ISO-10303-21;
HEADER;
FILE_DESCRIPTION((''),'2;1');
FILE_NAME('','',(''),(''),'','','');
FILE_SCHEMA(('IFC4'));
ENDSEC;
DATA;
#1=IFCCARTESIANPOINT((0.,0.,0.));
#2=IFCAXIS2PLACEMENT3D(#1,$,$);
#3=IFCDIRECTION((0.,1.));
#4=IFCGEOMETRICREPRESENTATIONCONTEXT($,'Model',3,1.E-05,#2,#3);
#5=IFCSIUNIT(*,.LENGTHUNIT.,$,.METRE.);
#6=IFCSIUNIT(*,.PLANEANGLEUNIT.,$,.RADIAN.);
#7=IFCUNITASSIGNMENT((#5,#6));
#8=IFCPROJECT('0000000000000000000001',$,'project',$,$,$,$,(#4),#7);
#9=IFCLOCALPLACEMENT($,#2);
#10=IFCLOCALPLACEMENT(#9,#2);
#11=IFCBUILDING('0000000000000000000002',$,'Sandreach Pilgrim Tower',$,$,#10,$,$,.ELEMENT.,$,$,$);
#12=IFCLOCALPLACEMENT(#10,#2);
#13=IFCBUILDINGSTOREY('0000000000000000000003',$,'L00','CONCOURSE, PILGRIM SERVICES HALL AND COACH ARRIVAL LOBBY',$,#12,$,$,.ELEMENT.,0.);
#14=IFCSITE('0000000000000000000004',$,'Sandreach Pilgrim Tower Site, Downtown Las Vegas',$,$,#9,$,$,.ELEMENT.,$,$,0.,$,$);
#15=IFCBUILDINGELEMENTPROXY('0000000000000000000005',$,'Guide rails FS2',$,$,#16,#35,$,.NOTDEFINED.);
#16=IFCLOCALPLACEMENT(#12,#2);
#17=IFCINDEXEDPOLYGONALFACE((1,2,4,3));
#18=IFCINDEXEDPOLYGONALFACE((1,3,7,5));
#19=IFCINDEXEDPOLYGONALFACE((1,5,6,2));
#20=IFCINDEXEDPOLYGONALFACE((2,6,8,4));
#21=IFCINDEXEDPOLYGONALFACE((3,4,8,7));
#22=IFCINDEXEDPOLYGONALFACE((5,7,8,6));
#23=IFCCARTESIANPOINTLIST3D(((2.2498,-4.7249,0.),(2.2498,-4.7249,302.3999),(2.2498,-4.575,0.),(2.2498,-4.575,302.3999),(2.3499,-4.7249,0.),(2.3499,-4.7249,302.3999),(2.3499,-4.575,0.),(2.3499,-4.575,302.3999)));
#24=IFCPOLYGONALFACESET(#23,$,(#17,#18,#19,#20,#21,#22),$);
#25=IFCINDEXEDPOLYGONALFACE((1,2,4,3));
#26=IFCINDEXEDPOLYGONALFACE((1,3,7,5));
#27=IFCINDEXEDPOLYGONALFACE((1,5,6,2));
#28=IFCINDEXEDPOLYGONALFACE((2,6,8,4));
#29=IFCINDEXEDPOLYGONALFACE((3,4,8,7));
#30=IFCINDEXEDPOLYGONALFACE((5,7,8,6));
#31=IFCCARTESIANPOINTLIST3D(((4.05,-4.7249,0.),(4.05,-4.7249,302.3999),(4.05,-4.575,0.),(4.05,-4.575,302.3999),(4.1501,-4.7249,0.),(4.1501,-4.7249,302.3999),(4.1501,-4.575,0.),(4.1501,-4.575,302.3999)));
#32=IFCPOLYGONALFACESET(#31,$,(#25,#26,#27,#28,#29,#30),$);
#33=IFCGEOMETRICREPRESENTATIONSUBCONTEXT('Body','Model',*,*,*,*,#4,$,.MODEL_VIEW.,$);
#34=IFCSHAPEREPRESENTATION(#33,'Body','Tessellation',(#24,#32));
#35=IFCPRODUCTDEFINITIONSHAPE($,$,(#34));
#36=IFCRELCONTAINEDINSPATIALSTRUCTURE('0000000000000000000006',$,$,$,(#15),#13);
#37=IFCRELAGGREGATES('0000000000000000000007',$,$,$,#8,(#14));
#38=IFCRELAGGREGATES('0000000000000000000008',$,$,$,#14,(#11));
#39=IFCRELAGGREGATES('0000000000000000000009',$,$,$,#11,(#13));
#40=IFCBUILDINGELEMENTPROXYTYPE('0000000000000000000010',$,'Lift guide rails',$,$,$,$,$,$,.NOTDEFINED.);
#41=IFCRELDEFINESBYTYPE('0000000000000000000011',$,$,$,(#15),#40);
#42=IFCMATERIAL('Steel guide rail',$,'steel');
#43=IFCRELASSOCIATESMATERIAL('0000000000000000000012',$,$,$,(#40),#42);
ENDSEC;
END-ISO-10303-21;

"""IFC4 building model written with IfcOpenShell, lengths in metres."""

from ifc_helpers import new_model, si_unit, direction, frame, origin, origin_2d, place, context, subcontext, project, spatial, rectangle, extrude, material, type_object, element, save


model = new_model("IFC4")

# Units and contexts
model_context = context("Model", 3, precision=1e-05, world=origin(), true_north=direction((0.0, 1.0)))
body_context = subcontext(model_context, "Body", "Model", "MODEL_VIEW")
ifc_project = project(units=[si_unit("LENGTHUNIT", "METRE"), si_unit("PLANEANGLEUNIT", "RADIAN")], contexts=[model_context])

# Site, building, storey
site_placement = place(None, origin())
site = spatial("IfcSite", under=ifc_project, at=site_placement, Name="Sandreach Pilgrim Tower Site, Downtown Las Vegas", CompositionType="ELEMENT", RefElevation=0.0)
building_placement = place(site_placement, origin())
building = spatial("IfcBuilding", under=site, at=building_placement, Name="Sandreach Pilgrim Tower", CompositionType="ELEMENT")
storey_placement = place(building_placement, origin())
storey = spatial("IfcBuildingStorey", under=building, at=storey_placement, Name="L00", Description="CONCOURSE, PILGRIM SERVICES HALL AND COACH ARRIVAL LOBBY", CompositionType="ELEMENT", Elevation=0.0)

# Building element proxy
ifc_material_1 = material(Name="Steel guide rail", Category="steel")
building_element_proxy_type = type_object("IfcBuildingElementProxyType", Name="Lift guide rails", PredefinedType="NOTDEFINED", material=ifc_material_1)
proxy_placement = place(storey_placement, frame((3.2, -4.6499, 0.0), z_axis=(0.0, 0.0, 1.0), x_axis=(1.0, 0.0, 0.0)))
element("IfcBuildingElementProxy", 1, at=proxy_placement, inside=storey, type_object=building_element_proxy_type, Name="Guide rails FS2", PredefinedType="NOTDEFINED", context=body_context, shape_type="SweptSolid", body=[
    extrude(rectangle(XDim=0.1001, YDim=0.1499, at=origin_2d()), frame((-0.9001, 0.0, 0.0)), (0.0, 0.0, 1.0), 302.3999),
    extrude(rectangle(XDim=0.1001, YDim=0.1499, at=origin_2d()), frame((0.9001, 0.0, 0.0)), (0.0, 0.0, 1.0), 302.3999),
])

save(model, "model.ifc")
